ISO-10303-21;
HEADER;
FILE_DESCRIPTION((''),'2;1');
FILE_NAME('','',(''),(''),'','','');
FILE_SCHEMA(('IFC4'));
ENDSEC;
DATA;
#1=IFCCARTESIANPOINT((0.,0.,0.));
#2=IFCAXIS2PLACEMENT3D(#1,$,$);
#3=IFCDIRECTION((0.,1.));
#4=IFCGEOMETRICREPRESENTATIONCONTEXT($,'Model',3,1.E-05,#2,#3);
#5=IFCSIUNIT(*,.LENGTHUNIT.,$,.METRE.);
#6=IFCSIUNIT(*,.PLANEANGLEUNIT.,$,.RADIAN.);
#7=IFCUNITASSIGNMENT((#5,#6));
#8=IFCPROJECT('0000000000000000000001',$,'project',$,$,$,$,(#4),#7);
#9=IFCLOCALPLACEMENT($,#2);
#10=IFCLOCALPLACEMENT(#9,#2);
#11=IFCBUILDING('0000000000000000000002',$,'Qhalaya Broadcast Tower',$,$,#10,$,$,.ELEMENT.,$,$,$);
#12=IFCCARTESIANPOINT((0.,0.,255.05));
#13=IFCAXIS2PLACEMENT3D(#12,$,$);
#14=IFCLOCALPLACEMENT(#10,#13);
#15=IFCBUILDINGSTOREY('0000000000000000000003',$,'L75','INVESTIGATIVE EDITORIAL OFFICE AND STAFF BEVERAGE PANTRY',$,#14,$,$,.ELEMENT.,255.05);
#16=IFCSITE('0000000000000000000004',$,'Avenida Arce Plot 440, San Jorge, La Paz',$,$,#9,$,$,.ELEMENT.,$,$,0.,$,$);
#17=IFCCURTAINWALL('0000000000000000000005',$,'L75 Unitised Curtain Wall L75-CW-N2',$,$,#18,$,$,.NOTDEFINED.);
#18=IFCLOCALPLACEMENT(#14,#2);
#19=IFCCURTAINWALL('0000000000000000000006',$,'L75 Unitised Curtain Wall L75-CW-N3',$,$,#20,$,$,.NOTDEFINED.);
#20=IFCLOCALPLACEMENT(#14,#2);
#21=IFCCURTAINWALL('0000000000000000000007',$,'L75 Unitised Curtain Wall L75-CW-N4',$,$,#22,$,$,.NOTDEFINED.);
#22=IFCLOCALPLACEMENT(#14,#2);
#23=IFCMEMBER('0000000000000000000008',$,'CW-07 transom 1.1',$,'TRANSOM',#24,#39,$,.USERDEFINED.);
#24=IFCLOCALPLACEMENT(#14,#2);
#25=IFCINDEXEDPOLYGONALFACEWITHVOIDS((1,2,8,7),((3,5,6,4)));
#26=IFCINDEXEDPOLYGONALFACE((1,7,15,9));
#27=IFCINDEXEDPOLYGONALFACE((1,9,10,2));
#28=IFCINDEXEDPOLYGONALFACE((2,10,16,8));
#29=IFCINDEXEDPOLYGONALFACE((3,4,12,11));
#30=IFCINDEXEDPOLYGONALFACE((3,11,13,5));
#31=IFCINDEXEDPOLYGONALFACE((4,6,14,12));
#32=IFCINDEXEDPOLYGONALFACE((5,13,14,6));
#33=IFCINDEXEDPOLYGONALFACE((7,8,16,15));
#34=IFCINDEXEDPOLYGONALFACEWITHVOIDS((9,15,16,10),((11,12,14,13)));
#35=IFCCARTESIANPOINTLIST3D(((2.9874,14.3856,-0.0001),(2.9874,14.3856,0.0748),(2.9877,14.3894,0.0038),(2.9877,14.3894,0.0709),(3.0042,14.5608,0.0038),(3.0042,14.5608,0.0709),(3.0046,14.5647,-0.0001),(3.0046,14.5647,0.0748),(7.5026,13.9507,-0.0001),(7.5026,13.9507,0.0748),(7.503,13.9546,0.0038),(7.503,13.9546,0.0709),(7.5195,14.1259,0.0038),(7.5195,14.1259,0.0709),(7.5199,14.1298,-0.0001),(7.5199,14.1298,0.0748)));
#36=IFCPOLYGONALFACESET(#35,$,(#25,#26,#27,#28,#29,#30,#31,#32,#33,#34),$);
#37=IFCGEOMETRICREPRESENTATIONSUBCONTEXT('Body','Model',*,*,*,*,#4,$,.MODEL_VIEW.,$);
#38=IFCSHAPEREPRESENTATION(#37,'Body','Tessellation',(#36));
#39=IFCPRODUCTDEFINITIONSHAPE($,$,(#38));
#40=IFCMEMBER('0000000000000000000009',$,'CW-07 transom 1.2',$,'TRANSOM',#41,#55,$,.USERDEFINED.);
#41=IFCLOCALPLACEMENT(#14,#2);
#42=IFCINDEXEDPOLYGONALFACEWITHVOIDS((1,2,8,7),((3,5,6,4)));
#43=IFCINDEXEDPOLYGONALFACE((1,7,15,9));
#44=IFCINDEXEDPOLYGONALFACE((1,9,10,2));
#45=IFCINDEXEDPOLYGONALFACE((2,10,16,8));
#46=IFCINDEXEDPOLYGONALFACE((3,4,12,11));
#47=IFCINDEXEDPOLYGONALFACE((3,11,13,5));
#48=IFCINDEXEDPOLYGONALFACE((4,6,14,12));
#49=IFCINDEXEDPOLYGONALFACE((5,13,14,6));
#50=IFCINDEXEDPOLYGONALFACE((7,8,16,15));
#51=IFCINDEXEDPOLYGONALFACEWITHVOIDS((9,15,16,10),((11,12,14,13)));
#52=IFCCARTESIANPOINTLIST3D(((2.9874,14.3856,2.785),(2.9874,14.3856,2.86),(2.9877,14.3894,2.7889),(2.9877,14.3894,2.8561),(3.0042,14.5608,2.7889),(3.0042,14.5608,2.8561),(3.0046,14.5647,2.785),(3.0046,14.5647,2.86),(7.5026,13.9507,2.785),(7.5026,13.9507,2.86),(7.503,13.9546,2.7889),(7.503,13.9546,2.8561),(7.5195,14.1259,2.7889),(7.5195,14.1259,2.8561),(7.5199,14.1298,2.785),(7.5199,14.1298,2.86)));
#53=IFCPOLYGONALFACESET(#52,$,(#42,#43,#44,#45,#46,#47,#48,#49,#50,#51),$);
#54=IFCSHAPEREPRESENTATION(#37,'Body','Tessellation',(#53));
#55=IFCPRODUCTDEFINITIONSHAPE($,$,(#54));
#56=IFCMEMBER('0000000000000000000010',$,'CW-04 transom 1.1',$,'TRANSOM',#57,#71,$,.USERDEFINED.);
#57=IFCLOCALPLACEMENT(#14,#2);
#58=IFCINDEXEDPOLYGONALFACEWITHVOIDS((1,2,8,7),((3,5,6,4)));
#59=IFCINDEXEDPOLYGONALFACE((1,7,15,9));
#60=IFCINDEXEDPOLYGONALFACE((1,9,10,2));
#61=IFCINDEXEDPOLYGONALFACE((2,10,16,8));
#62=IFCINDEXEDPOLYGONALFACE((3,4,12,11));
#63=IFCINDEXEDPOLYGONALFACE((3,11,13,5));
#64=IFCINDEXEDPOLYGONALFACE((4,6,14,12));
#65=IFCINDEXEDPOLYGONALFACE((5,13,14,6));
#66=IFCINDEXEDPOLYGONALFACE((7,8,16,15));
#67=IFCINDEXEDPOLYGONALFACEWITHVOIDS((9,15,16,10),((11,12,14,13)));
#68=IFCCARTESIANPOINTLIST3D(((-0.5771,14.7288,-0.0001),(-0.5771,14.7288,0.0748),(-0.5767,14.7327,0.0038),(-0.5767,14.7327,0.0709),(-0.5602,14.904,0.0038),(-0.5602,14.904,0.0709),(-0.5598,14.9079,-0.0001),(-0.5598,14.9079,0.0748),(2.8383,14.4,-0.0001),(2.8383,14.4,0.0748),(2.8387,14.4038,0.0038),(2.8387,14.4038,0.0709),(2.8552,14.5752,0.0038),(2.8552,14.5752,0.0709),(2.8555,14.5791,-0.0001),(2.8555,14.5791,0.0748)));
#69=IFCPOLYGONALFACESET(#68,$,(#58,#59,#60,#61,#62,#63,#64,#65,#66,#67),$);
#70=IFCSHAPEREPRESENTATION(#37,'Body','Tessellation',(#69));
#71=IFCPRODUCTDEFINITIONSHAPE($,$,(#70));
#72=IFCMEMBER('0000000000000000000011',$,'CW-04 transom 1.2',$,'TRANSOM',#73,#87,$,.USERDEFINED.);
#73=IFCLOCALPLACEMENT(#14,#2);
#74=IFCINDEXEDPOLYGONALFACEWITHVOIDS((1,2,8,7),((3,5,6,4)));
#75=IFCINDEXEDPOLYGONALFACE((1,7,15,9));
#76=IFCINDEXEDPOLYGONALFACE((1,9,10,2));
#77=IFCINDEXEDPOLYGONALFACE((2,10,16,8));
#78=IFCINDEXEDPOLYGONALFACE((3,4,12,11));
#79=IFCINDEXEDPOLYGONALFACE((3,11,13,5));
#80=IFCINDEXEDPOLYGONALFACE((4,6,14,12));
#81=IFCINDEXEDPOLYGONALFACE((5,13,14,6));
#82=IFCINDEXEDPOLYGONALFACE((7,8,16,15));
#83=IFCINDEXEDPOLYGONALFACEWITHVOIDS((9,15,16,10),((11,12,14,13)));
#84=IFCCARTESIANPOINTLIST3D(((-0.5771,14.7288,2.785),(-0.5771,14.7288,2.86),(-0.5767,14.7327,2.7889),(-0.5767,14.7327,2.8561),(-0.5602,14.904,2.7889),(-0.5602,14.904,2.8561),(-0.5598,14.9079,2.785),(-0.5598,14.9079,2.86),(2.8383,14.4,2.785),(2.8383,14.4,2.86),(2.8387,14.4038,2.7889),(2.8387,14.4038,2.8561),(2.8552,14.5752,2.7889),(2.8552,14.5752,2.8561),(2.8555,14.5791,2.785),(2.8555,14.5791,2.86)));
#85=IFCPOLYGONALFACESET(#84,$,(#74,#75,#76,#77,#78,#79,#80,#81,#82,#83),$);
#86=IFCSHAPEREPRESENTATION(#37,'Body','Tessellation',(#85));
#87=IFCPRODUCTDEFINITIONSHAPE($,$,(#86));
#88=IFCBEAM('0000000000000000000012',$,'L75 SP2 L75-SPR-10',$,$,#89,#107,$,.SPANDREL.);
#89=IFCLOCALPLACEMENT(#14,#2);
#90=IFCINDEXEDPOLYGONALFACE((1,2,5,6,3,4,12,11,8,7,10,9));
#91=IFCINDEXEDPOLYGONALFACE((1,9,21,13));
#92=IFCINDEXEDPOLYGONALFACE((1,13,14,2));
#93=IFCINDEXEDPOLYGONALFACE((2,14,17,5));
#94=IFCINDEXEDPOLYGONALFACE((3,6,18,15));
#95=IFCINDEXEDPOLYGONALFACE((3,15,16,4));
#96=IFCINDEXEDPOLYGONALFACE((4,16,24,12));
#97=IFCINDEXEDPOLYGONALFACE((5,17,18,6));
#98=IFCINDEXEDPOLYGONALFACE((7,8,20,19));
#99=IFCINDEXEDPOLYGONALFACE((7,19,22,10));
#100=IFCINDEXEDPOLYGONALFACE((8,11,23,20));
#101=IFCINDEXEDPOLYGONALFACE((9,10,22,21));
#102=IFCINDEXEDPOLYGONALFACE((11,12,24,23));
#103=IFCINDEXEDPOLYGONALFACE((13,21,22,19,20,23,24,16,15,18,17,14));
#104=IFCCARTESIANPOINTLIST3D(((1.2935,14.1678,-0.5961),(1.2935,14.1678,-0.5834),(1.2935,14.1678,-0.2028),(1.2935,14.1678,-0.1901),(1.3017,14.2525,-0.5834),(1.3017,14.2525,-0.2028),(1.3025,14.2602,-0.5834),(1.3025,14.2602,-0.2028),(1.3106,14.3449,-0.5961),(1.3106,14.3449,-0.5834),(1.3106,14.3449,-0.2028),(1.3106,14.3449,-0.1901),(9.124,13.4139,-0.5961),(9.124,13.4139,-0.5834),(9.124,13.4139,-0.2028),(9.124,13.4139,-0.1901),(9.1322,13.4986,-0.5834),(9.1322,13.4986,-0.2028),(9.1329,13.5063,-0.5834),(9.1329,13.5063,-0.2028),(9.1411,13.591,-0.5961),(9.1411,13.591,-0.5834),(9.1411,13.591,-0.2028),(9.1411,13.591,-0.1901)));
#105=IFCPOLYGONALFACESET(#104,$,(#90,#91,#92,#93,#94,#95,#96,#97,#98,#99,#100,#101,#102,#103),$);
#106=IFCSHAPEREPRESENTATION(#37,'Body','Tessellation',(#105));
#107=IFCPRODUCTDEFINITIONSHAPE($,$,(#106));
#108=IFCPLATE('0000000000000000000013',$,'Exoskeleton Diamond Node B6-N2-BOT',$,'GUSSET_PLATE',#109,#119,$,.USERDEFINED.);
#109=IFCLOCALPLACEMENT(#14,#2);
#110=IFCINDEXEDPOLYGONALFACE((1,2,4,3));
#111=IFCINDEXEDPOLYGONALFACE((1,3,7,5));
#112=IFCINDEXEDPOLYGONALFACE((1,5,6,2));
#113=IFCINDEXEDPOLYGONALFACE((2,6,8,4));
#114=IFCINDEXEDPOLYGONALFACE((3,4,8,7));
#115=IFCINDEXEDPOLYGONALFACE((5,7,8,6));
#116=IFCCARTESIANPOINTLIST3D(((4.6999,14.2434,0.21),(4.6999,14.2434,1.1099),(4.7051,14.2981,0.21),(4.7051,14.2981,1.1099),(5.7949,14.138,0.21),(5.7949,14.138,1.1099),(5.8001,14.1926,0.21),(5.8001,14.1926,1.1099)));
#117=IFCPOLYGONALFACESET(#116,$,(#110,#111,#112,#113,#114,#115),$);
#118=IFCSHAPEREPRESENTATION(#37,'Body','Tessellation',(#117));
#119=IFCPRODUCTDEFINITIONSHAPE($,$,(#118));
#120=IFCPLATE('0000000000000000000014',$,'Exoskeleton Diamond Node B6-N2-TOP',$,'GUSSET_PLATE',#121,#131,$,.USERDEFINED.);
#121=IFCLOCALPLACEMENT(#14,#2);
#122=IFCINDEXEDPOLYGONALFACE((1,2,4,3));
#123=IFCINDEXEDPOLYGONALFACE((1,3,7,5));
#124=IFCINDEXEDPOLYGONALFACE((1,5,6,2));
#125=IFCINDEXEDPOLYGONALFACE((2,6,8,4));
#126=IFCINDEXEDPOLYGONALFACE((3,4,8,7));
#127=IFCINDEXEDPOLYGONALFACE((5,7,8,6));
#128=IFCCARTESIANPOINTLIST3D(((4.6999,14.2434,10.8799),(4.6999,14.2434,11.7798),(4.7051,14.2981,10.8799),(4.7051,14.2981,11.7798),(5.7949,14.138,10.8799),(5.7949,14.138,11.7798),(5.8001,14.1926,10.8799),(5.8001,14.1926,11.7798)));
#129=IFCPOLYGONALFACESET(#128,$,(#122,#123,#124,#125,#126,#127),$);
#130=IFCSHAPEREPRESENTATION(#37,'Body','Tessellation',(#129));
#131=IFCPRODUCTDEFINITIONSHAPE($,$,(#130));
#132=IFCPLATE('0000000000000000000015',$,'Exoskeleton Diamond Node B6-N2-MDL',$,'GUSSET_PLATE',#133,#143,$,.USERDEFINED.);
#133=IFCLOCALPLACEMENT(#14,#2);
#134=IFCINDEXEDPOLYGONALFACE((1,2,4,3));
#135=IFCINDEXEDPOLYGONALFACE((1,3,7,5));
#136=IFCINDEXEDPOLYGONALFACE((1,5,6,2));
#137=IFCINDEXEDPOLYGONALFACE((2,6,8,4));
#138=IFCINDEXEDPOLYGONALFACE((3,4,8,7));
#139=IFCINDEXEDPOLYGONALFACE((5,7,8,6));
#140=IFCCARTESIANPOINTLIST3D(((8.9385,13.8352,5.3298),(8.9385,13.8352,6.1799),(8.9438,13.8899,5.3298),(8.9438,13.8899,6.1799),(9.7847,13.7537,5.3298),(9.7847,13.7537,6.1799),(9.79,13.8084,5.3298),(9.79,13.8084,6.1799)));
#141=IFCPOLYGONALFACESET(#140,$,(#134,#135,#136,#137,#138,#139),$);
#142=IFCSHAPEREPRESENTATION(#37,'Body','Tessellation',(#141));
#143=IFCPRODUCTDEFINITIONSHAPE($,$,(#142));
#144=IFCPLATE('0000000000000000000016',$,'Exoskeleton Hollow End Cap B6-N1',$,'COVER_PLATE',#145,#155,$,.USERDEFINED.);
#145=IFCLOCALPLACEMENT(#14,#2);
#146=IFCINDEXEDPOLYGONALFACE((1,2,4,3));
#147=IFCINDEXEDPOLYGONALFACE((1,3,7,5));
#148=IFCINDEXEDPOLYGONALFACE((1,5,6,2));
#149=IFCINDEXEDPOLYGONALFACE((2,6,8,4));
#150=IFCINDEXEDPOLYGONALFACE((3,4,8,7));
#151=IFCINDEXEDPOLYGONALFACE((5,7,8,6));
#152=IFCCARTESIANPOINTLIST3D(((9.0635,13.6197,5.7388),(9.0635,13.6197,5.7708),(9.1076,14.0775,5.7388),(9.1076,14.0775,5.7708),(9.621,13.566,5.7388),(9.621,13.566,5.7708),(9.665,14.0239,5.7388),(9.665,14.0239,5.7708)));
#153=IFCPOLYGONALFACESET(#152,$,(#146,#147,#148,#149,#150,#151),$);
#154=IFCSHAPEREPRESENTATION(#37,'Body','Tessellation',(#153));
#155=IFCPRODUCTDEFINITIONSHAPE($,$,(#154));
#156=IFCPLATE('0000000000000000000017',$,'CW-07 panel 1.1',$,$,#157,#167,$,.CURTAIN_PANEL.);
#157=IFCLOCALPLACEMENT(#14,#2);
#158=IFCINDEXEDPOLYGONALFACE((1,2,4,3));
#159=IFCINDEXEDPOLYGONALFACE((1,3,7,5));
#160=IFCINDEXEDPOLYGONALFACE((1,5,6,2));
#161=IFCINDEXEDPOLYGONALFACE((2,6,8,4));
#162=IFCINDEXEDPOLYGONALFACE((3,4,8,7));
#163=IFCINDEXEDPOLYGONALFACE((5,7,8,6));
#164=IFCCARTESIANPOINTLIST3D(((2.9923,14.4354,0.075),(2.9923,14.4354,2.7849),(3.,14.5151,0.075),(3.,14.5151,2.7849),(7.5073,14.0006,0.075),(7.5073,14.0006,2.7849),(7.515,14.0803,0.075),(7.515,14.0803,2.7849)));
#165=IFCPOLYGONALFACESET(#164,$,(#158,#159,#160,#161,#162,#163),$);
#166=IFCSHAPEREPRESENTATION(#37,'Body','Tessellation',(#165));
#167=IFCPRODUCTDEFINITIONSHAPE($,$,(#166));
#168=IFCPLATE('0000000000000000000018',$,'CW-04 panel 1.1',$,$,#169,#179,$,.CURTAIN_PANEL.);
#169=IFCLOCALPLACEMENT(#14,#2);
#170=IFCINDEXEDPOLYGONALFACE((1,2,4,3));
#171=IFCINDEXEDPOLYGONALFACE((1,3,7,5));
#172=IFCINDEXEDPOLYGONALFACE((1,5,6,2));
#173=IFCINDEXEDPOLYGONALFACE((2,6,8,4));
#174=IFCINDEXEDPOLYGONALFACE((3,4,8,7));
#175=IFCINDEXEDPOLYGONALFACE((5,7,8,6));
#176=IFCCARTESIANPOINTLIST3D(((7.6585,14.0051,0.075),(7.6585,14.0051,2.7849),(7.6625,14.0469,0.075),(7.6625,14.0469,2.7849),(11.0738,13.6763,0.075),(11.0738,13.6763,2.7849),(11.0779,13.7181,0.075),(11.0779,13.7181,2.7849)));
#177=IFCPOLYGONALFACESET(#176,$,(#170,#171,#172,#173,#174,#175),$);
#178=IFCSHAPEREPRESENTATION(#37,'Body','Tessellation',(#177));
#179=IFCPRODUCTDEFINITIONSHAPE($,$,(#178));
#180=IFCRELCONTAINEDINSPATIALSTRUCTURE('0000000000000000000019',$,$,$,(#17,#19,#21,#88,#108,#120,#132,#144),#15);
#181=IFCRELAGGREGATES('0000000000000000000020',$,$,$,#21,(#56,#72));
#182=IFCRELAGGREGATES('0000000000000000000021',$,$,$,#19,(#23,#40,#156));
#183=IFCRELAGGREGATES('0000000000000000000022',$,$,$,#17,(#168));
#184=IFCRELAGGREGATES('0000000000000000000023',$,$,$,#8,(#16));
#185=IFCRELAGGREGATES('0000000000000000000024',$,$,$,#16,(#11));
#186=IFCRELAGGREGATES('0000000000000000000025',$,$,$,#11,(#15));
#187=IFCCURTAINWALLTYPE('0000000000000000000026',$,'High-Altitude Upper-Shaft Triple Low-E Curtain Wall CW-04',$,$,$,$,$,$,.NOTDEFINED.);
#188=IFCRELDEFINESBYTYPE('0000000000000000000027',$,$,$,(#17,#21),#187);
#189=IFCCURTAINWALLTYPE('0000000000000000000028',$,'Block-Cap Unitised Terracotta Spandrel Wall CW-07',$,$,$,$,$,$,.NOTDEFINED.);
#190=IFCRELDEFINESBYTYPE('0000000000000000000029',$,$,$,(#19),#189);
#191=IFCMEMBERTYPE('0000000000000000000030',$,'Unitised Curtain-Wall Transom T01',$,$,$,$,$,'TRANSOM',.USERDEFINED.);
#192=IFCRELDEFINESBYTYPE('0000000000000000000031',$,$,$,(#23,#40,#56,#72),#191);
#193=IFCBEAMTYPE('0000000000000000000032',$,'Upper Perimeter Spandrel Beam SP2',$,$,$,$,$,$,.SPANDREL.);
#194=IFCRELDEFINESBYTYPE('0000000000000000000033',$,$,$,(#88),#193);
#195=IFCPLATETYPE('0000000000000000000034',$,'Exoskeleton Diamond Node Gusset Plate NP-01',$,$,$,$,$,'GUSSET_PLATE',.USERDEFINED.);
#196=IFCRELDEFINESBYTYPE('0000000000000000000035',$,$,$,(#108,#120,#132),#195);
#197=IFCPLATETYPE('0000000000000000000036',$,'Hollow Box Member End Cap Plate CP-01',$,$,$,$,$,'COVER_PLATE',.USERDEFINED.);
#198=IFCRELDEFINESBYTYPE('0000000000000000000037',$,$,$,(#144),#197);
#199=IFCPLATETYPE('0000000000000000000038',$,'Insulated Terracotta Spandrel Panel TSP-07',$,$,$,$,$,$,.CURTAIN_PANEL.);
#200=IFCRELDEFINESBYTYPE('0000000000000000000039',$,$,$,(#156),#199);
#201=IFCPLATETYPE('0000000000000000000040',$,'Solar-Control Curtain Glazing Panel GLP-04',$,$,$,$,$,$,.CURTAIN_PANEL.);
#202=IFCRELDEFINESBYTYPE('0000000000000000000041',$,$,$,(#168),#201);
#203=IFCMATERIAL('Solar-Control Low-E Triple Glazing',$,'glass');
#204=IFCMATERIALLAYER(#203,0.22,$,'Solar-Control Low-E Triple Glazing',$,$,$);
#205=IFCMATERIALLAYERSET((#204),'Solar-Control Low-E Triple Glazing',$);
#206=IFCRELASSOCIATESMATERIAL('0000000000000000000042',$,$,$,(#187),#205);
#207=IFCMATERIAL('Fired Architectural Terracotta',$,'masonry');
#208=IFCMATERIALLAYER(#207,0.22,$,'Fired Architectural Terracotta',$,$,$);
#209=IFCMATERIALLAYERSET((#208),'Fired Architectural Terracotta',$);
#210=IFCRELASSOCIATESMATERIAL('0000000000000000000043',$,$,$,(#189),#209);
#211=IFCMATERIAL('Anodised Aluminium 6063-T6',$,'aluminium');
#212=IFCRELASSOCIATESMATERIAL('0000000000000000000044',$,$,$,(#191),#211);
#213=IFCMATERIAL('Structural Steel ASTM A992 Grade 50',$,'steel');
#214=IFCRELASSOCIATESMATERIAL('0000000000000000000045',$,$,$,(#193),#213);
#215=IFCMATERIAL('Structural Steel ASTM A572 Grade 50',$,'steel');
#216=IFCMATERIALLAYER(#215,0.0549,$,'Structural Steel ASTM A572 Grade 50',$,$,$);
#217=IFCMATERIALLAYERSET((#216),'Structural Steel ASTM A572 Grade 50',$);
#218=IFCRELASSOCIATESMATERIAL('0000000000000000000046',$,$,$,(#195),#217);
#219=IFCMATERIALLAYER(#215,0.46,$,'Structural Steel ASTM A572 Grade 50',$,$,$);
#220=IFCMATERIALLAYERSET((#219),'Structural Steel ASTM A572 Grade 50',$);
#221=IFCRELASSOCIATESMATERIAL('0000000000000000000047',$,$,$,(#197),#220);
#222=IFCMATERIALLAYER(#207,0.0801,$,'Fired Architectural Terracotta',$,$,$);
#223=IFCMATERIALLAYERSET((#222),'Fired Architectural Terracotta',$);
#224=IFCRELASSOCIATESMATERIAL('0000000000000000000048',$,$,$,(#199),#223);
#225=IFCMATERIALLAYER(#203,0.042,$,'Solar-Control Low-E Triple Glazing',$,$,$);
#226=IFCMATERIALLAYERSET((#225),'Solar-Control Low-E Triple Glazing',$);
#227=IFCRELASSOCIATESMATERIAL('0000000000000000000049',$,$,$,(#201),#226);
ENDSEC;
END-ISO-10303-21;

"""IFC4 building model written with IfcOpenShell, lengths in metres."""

from ifc_helpers import new_model, si_unit, direction, frame, origin, origin_2d, place, context, subcontext, project, spatial, rectangle, hollow_rectangle, i_section, extrude, material, layer, layer_set, material_profile, profile_set, type_object, element, aggregate, save


model = new_model("IFC4")

# Units and contexts
model_context = context("Model", 3, precision=1e-05, world=origin(), true_north=direction((0.0, 1.0)))
body_context = subcontext(model_context, "Body", "Model", "MODEL_VIEW")
ifc_project = project(units=[si_unit("LENGTHUNIT", "METRE"), si_unit("PLANEANGLEUNIT", "RADIAN")], contexts=[model_context])

# Site, building, storey
site_placement = place(None, origin())
site = spatial("IfcSite", under=ifc_project, at=site_placement, Name="Avenida Arce Plot 440, San Jorge, La Paz", CompositionType="ELEMENT", RefElevation=0.0)
building_placement = place(site_placement, origin())
building = spatial("IfcBuilding", under=site, at=building_placement, Name="Qhalaya Broadcast Tower", CompositionType="ELEMENT")
storey_placement = place(building_placement, frame((0.0, 0.0, 255.05)))
storey = spatial("IfcBuildingStorey", under=building, at=storey_placement, Name="L75", Description="INVESTIGATIVE EDITORIAL OFFICE AND STAFF BEVERAGE PANTRY", CompositionType="ELEMENT", Elevation=255.05)

# Shared definitions
ifc_material_1 = material(Name="Structural Steel ASTM A572 Grade 50", Category="steel")

# Curtain wall
ifc_material_2 = material(Name="Solar-Control Low-E Triple Glazing", Category="glass")
ifc_layer_1 = layer(ifc_material_2, 0.22, Name="Solar-Control Low-E Triple Glazing")
ifc_layer_set_1 = layer_set([ifc_layer_1], Name="Solar-Control Low-E Triple Glazing")
curtain_wall_type_1 = type_object("IfcCurtainWallType", Name="High-Altitude Upper-Shaft Triple Low-E Curtain Wall CW-04", PredefinedType="NOTDEFINED", material=ifc_layer_set_1)
curtain_wall_1_placement = place(storey_placement, origin())
curtain_wall_1 = element("IfcCurtainWall", 1, at=curtain_wall_1_placement, inside=storey, type_object=curtain_wall_type_1, Name="L75 Unitised Curtain Wall L75-CW-N2", PredefinedType="NOTDEFINED")
ifc_material_3 = material(Name="Anodised Aluminium 6063-T6", Category="aluminium")

# Curtain wall
ifc_material_4 = material(Name="Fired Architectural Terracotta", Category="masonry")
ifc_layer_2 = layer(ifc_material_4, 0.22, Name="Fired Architectural Terracotta")
ifc_layer_set_2 = layer_set([ifc_layer_2], Name="Fired Architectural Terracotta")
curtain_wall_type_2 = type_object("IfcCurtainWallType", Name="Block-Cap Unitised Terracotta Spandrel Wall CW-07", PredefinedType="NOTDEFINED", material=ifc_layer_set_2)
curtain_wall_2_placement = place(storey_placement, origin())
curtain_wall_2 = element("IfcCurtainWall", 2, at=curtain_wall_2_placement, inside=storey, type_object=curtain_wall_type_2, Name="L75 Unitised Curtain Wall L75-CW-N3", PredefinedType="NOTDEFINED")

# Curtain wall
curtain_wall_3_placement = place(storey_placement, origin())
curtain_wall_3 = element("IfcCurtainWall", 3, at=curtain_wall_3_placement, inside=storey, type_object=curtain_wall_type_1, Name="L75 Unitised Curtain Wall L75-CW-N4", PredefinedType="NOTDEFINED")

# Members
ifc_material_profile_1 = material_profile(ifc_material_3, hollow_rectangle(XDim=0.075, YDim=0.1799, WallThickness=0.0039, at=origin_2d()), Name="ALU-TRN 75x180x4")
ifc_profile_set_1 = profile_set([ifc_material_profile_1], Name="Anodised Aluminium 6063-T6")
member_type_1 = type_object("IfcMemberType", Name="Unitised Curtain-Wall Transom T01", ElementType="TRANSOM", PredefinedType="USERDEFINED", material=ifc_profile_set_1)
member_1_placement = place(storey_placement, frame((7.5112, 14.0403, 0.0374), z_axis=(-0.995395, 0.095858, 0.0), x_axis=(0.0, 0.0, 1.0)))
member_1 = element("IfcMember", 4, at=member_1_placement, type_object=member_type_1, Name="CW-07 transom 1.1", ObjectType="TRANSOM", PredefinedType="USERDEFINED", context=body_context, shape_type="SweptSolid", body=[
    extrude(hollow_rectangle(XDim=0.075, YDim=0.1799, WallThickness=0.0039, at=origin_2d()), origin(), (0.0, 0.0, 1.0), 4.5361),
])
member_2_placement = place(storey_placement, frame((7.5112, 14.0403, 2.8225), z_axis=(-0.995395, 0.095858, 0.0), x_axis=(0.0, 0.0, 1.0)))
member_2 = element("IfcMember", 5, at=member_2_placement, type_object=member_type_1, Name="CW-07 transom 1.2", ObjectType="TRANSOM", PredefinedType="USERDEFINED", context=body_context, shape_type="SweptSolid", body=[
    extrude(hollow_rectangle(XDim=0.075, YDim=0.1799, WallThickness=0.0039, at=origin_2d()), origin(), (0.0, 0.0, 1.0), 4.5361),
])
member_3_placement = place(storey_placement, frame((2.8469, 14.4895, 0.0374), z_axis=(-0.995396, 0.095847, 0.0), x_axis=(0.0, 0.0, 1.0)))
member_3 = element("IfcMember", 6, at=member_3_placement, type_object=member_type_1, Name="CW-04 transom 1.1", ObjectType="TRANSOM", PredefinedType="USERDEFINED", context=body_context, shape_type="SweptSolid", body=[
    extrude(hollow_rectangle(XDim=0.075, YDim=0.1799, WallThickness=0.0039, at=origin_2d()), origin(), (0.0, 0.0, 1.0), 3.4312),
])
member_4_placement = place(storey_placement, frame((2.8469, 14.4895, 2.8225), z_axis=(-0.995396, 0.095847, 0.0), x_axis=(0.0, 0.0, 1.0)))
member_4 = element("IfcMember", 7, at=member_4_placement, type_object=member_type_1, Name="CW-04 transom 1.2", ObjectType="TRANSOM", PredefinedType="USERDEFINED", context=body_context, shape_type="SweptSolid", body=[
    extrude(hollow_rectangle(XDim=0.075, YDim=0.1799, WallThickness=0.0039, at=origin_2d()), origin(), (0.0, 0.0, 1.0), 3.4312),
])
aggregate(curtain_wall_3, [member_3, member_4])

# Beam
ifc_material_5 = material(Name="Structural Steel ASTM A992 Grade 50", Category="steel")
ifc_material_profile_2 = material_profile(ifc_material_5, i_section(OverallWidth=0.178, OverallDepth=0.406, WebThickness=0.0078, FlangeThickness=0.0127, at=origin_2d()), Name="W16X40")
ifc_profile_set_2 = profile_set([ifc_material_profile_2], Name="Structural Steel ASTM A992 Grade 50")
beam_type = type_object("IfcBeamType", Name="Upper Perimeter Spandrel Beam SP2", PredefinedType="SPANDREL", material=ifc_profile_set_2)
beam_placement = place(storey_placement, frame((9.1326, 13.5024, -0.3931), z_axis=(-0.995397, 0.095834, 0.0), x_axis=(-0.095834, -0.995397, 0.0)))
element("IfcBeam", 8, at=beam_placement, inside=storey, type_object=beam_type, Name="L75 SP2 L75-SPR-10", PredefinedType="SPANDREL", context=body_context, shape_type="SweptSolid", body=[
    extrude(i_section(OverallWidth=0.178, OverallDepth=0.406, WebThickness=0.0078, FlangeThickness=0.0127, at=origin_2d()), origin(), (0.0, 0.0, 1.0), 7.8667),
])

# Plates
ifc_layer_3 = layer(ifc_material_1, 0.0549, Name="Structural Steel ASTM A572 Grade 50")
ifc_layer_set_3 = layer_set([ifc_layer_3], Name="Structural Steel ASTM A572 Grade 50")
plate_type_1 = type_object("IfcPlateType", Name="Exoskeleton Diamond Node Gusset Plate NP-01", ElementType="GUSSET_PLATE", PredefinedType="USERDEFINED", material=ifc_layer_set_3)
for number, where, z_axis, x_axis, name in (
    (9, (5.25, 14.218, 0.21), (0.0, 0.0, 1.0), (0.995396, -0.095846, 0.0), "Exoskeleton Diamond Node B6-N2-BOT"),
    (10, (5.25, 14.218, 10.8799), (0.0, 0.0, 1.0), (0.995396, -0.095846, 0.0), "Exoskeleton Diamond Node B6-N2-TOP"),
):
    element("IfcPlate", number, at=place(storey_placement, frame(where, z_axis=z_axis, x_axis=x_axis)), inside=storey, type_object=plate_type_1, Name=name, ObjectType="GUSSET_PLATE", PredefinedType="USERDEFINED", context=body_context, shape_type="SweptSolid", body=[
        extrude(rectangle(XDim=1.1001, YDim=0.0549, at=origin_2d()), origin(), (0.0, 0.0, 1.0), 0.8999),
    ])
plate_1_placement = place(storey_placement, frame((9.3643, 13.8218, 5.3298), z_axis=(0.0, 0.0, 1.0), x_axis=(0.995396, -0.095846, 0.0)))
element("IfcPlate", 11, at=plate_1_placement, inside=storey, type_object=plate_type_1, Name="Exoskeleton Diamond Node B6-N2-MDL", ObjectType="GUSSET_PLATE", PredefinedType="USERDEFINED", context=body_context, shape_type="SweptSolid", body=[
    extrude(rectangle(XDim=0.8501, YDim=0.0549, at=origin_2d()), origin(), (0.0, 0.0, 1.0), 0.8501),
])
ifc_layer_4 = layer(ifc_material_1, 0.46, Name="Structural Steel ASTM A572 Grade 50")
ifc_layer_set_4 = layer_set([ifc_layer_4], Name="Structural Steel ASTM A572 Grade 50")
plate_type_2 = type_object("IfcPlateType", Name="Hollow Box Member End Cap Plate CP-01", ElementType="COVER_PLATE", PredefinedType="USERDEFINED", material=ifc_layer_set_4)
plate_2_placement = place(storey_placement, frame((9.3643, 13.8218, 5.7388), z_axis=(0.0, 0.0, 1.0), x_axis=(0.995396, -0.095846, 0.0)))
element("IfcPlate", 12, at=plate_2_placement, inside=storey, type_object=plate_type_2, Name="Exoskeleton Hollow End Cap B6-N1", ObjectType="COVER_PLATE", PredefinedType="USERDEFINED", context=body_context, shape_type="SweptSolid", body=[
    extrude(rectangle(XDim=0.5601, YDim=0.46, at=origin_2d()), origin(), (0.0, 0.0, 1.0), 0.032),
])

# Plates
ifc_layer_5 = layer(ifc_material_4, 0.0801, Name="Fired Architectural Terracotta")
ifc_layer_set_5 = layer_set([ifc_layer_5], Name="Fired Architectural Terracotta")
plate_type_3 = type_object("IfcPlateType", Name="Insulated Terracotta Spandrel Panel TSP-07", PredefinedType="CURTAIN_PANEL", material=ifc_layer_set_5)
plate_3_placement = place(storey_placement, frame((5.2537, 14.2578, 0.075), z_axis=(0.0, 0.0, 1.0), x_axis=(-0.995395, 0.09586, 0.0)))
plate_3 = element("IfcPlate", 13, at=plate_3_placement, type_object=plate_type_3, Name="CW-07 panel 1.1", PredefinedType="CURTAIN_PANEL", context=body_context, shape_type="SweptSolid", body=[
    extrude(rectangle(XDim=4.5359, YDim=0.0801, at=origin_2d()), origin(), (0.0, 0.0, 1.0), 2.71),
])
aggregate(curtain_wall_2, [member_1, member_2, plate_3])
ifc_layer_6 = layer(ifc_material_2, 0.042, Name="Solar-Control Low-E Triple Glazing")
ifc_layer_set_6 = layer_set([ifc_layer_6], Name="Solar-Control Low-E Triple Glazing")
plate_type_4 = type_object("IfcPlateType", Name="Solar-Control Curtain Glazing Panel GLP-04", PredefinedType="CURTAIN_PANEL", material=ifc_layer_set_6)
plate_4_placement = place(storey_placement, frame((9.3682, 13.8616, 0.075), z_axis=(0.0, 0.0, 1.0), x_axis=(-0.995397, 0.095837, 0.0)))
plate_4 = element("IfcPlate", 14, at=plate_4_placement, type_object=plate_type_4, Name="CW-04 panel 1.1", PredefinedType="CURTAIN_PANEL", context=body_context, shape_type="SweptSolid", body=[
    extrude(rectangle(XDim=3.4312, YDim=0.042, at=origin_2d()), origin(), (0.0, 0.0, 1.0), 2.71),
])
aggregate(curtain_wall_1, [plate_4])

save(model, "model.ifc")
